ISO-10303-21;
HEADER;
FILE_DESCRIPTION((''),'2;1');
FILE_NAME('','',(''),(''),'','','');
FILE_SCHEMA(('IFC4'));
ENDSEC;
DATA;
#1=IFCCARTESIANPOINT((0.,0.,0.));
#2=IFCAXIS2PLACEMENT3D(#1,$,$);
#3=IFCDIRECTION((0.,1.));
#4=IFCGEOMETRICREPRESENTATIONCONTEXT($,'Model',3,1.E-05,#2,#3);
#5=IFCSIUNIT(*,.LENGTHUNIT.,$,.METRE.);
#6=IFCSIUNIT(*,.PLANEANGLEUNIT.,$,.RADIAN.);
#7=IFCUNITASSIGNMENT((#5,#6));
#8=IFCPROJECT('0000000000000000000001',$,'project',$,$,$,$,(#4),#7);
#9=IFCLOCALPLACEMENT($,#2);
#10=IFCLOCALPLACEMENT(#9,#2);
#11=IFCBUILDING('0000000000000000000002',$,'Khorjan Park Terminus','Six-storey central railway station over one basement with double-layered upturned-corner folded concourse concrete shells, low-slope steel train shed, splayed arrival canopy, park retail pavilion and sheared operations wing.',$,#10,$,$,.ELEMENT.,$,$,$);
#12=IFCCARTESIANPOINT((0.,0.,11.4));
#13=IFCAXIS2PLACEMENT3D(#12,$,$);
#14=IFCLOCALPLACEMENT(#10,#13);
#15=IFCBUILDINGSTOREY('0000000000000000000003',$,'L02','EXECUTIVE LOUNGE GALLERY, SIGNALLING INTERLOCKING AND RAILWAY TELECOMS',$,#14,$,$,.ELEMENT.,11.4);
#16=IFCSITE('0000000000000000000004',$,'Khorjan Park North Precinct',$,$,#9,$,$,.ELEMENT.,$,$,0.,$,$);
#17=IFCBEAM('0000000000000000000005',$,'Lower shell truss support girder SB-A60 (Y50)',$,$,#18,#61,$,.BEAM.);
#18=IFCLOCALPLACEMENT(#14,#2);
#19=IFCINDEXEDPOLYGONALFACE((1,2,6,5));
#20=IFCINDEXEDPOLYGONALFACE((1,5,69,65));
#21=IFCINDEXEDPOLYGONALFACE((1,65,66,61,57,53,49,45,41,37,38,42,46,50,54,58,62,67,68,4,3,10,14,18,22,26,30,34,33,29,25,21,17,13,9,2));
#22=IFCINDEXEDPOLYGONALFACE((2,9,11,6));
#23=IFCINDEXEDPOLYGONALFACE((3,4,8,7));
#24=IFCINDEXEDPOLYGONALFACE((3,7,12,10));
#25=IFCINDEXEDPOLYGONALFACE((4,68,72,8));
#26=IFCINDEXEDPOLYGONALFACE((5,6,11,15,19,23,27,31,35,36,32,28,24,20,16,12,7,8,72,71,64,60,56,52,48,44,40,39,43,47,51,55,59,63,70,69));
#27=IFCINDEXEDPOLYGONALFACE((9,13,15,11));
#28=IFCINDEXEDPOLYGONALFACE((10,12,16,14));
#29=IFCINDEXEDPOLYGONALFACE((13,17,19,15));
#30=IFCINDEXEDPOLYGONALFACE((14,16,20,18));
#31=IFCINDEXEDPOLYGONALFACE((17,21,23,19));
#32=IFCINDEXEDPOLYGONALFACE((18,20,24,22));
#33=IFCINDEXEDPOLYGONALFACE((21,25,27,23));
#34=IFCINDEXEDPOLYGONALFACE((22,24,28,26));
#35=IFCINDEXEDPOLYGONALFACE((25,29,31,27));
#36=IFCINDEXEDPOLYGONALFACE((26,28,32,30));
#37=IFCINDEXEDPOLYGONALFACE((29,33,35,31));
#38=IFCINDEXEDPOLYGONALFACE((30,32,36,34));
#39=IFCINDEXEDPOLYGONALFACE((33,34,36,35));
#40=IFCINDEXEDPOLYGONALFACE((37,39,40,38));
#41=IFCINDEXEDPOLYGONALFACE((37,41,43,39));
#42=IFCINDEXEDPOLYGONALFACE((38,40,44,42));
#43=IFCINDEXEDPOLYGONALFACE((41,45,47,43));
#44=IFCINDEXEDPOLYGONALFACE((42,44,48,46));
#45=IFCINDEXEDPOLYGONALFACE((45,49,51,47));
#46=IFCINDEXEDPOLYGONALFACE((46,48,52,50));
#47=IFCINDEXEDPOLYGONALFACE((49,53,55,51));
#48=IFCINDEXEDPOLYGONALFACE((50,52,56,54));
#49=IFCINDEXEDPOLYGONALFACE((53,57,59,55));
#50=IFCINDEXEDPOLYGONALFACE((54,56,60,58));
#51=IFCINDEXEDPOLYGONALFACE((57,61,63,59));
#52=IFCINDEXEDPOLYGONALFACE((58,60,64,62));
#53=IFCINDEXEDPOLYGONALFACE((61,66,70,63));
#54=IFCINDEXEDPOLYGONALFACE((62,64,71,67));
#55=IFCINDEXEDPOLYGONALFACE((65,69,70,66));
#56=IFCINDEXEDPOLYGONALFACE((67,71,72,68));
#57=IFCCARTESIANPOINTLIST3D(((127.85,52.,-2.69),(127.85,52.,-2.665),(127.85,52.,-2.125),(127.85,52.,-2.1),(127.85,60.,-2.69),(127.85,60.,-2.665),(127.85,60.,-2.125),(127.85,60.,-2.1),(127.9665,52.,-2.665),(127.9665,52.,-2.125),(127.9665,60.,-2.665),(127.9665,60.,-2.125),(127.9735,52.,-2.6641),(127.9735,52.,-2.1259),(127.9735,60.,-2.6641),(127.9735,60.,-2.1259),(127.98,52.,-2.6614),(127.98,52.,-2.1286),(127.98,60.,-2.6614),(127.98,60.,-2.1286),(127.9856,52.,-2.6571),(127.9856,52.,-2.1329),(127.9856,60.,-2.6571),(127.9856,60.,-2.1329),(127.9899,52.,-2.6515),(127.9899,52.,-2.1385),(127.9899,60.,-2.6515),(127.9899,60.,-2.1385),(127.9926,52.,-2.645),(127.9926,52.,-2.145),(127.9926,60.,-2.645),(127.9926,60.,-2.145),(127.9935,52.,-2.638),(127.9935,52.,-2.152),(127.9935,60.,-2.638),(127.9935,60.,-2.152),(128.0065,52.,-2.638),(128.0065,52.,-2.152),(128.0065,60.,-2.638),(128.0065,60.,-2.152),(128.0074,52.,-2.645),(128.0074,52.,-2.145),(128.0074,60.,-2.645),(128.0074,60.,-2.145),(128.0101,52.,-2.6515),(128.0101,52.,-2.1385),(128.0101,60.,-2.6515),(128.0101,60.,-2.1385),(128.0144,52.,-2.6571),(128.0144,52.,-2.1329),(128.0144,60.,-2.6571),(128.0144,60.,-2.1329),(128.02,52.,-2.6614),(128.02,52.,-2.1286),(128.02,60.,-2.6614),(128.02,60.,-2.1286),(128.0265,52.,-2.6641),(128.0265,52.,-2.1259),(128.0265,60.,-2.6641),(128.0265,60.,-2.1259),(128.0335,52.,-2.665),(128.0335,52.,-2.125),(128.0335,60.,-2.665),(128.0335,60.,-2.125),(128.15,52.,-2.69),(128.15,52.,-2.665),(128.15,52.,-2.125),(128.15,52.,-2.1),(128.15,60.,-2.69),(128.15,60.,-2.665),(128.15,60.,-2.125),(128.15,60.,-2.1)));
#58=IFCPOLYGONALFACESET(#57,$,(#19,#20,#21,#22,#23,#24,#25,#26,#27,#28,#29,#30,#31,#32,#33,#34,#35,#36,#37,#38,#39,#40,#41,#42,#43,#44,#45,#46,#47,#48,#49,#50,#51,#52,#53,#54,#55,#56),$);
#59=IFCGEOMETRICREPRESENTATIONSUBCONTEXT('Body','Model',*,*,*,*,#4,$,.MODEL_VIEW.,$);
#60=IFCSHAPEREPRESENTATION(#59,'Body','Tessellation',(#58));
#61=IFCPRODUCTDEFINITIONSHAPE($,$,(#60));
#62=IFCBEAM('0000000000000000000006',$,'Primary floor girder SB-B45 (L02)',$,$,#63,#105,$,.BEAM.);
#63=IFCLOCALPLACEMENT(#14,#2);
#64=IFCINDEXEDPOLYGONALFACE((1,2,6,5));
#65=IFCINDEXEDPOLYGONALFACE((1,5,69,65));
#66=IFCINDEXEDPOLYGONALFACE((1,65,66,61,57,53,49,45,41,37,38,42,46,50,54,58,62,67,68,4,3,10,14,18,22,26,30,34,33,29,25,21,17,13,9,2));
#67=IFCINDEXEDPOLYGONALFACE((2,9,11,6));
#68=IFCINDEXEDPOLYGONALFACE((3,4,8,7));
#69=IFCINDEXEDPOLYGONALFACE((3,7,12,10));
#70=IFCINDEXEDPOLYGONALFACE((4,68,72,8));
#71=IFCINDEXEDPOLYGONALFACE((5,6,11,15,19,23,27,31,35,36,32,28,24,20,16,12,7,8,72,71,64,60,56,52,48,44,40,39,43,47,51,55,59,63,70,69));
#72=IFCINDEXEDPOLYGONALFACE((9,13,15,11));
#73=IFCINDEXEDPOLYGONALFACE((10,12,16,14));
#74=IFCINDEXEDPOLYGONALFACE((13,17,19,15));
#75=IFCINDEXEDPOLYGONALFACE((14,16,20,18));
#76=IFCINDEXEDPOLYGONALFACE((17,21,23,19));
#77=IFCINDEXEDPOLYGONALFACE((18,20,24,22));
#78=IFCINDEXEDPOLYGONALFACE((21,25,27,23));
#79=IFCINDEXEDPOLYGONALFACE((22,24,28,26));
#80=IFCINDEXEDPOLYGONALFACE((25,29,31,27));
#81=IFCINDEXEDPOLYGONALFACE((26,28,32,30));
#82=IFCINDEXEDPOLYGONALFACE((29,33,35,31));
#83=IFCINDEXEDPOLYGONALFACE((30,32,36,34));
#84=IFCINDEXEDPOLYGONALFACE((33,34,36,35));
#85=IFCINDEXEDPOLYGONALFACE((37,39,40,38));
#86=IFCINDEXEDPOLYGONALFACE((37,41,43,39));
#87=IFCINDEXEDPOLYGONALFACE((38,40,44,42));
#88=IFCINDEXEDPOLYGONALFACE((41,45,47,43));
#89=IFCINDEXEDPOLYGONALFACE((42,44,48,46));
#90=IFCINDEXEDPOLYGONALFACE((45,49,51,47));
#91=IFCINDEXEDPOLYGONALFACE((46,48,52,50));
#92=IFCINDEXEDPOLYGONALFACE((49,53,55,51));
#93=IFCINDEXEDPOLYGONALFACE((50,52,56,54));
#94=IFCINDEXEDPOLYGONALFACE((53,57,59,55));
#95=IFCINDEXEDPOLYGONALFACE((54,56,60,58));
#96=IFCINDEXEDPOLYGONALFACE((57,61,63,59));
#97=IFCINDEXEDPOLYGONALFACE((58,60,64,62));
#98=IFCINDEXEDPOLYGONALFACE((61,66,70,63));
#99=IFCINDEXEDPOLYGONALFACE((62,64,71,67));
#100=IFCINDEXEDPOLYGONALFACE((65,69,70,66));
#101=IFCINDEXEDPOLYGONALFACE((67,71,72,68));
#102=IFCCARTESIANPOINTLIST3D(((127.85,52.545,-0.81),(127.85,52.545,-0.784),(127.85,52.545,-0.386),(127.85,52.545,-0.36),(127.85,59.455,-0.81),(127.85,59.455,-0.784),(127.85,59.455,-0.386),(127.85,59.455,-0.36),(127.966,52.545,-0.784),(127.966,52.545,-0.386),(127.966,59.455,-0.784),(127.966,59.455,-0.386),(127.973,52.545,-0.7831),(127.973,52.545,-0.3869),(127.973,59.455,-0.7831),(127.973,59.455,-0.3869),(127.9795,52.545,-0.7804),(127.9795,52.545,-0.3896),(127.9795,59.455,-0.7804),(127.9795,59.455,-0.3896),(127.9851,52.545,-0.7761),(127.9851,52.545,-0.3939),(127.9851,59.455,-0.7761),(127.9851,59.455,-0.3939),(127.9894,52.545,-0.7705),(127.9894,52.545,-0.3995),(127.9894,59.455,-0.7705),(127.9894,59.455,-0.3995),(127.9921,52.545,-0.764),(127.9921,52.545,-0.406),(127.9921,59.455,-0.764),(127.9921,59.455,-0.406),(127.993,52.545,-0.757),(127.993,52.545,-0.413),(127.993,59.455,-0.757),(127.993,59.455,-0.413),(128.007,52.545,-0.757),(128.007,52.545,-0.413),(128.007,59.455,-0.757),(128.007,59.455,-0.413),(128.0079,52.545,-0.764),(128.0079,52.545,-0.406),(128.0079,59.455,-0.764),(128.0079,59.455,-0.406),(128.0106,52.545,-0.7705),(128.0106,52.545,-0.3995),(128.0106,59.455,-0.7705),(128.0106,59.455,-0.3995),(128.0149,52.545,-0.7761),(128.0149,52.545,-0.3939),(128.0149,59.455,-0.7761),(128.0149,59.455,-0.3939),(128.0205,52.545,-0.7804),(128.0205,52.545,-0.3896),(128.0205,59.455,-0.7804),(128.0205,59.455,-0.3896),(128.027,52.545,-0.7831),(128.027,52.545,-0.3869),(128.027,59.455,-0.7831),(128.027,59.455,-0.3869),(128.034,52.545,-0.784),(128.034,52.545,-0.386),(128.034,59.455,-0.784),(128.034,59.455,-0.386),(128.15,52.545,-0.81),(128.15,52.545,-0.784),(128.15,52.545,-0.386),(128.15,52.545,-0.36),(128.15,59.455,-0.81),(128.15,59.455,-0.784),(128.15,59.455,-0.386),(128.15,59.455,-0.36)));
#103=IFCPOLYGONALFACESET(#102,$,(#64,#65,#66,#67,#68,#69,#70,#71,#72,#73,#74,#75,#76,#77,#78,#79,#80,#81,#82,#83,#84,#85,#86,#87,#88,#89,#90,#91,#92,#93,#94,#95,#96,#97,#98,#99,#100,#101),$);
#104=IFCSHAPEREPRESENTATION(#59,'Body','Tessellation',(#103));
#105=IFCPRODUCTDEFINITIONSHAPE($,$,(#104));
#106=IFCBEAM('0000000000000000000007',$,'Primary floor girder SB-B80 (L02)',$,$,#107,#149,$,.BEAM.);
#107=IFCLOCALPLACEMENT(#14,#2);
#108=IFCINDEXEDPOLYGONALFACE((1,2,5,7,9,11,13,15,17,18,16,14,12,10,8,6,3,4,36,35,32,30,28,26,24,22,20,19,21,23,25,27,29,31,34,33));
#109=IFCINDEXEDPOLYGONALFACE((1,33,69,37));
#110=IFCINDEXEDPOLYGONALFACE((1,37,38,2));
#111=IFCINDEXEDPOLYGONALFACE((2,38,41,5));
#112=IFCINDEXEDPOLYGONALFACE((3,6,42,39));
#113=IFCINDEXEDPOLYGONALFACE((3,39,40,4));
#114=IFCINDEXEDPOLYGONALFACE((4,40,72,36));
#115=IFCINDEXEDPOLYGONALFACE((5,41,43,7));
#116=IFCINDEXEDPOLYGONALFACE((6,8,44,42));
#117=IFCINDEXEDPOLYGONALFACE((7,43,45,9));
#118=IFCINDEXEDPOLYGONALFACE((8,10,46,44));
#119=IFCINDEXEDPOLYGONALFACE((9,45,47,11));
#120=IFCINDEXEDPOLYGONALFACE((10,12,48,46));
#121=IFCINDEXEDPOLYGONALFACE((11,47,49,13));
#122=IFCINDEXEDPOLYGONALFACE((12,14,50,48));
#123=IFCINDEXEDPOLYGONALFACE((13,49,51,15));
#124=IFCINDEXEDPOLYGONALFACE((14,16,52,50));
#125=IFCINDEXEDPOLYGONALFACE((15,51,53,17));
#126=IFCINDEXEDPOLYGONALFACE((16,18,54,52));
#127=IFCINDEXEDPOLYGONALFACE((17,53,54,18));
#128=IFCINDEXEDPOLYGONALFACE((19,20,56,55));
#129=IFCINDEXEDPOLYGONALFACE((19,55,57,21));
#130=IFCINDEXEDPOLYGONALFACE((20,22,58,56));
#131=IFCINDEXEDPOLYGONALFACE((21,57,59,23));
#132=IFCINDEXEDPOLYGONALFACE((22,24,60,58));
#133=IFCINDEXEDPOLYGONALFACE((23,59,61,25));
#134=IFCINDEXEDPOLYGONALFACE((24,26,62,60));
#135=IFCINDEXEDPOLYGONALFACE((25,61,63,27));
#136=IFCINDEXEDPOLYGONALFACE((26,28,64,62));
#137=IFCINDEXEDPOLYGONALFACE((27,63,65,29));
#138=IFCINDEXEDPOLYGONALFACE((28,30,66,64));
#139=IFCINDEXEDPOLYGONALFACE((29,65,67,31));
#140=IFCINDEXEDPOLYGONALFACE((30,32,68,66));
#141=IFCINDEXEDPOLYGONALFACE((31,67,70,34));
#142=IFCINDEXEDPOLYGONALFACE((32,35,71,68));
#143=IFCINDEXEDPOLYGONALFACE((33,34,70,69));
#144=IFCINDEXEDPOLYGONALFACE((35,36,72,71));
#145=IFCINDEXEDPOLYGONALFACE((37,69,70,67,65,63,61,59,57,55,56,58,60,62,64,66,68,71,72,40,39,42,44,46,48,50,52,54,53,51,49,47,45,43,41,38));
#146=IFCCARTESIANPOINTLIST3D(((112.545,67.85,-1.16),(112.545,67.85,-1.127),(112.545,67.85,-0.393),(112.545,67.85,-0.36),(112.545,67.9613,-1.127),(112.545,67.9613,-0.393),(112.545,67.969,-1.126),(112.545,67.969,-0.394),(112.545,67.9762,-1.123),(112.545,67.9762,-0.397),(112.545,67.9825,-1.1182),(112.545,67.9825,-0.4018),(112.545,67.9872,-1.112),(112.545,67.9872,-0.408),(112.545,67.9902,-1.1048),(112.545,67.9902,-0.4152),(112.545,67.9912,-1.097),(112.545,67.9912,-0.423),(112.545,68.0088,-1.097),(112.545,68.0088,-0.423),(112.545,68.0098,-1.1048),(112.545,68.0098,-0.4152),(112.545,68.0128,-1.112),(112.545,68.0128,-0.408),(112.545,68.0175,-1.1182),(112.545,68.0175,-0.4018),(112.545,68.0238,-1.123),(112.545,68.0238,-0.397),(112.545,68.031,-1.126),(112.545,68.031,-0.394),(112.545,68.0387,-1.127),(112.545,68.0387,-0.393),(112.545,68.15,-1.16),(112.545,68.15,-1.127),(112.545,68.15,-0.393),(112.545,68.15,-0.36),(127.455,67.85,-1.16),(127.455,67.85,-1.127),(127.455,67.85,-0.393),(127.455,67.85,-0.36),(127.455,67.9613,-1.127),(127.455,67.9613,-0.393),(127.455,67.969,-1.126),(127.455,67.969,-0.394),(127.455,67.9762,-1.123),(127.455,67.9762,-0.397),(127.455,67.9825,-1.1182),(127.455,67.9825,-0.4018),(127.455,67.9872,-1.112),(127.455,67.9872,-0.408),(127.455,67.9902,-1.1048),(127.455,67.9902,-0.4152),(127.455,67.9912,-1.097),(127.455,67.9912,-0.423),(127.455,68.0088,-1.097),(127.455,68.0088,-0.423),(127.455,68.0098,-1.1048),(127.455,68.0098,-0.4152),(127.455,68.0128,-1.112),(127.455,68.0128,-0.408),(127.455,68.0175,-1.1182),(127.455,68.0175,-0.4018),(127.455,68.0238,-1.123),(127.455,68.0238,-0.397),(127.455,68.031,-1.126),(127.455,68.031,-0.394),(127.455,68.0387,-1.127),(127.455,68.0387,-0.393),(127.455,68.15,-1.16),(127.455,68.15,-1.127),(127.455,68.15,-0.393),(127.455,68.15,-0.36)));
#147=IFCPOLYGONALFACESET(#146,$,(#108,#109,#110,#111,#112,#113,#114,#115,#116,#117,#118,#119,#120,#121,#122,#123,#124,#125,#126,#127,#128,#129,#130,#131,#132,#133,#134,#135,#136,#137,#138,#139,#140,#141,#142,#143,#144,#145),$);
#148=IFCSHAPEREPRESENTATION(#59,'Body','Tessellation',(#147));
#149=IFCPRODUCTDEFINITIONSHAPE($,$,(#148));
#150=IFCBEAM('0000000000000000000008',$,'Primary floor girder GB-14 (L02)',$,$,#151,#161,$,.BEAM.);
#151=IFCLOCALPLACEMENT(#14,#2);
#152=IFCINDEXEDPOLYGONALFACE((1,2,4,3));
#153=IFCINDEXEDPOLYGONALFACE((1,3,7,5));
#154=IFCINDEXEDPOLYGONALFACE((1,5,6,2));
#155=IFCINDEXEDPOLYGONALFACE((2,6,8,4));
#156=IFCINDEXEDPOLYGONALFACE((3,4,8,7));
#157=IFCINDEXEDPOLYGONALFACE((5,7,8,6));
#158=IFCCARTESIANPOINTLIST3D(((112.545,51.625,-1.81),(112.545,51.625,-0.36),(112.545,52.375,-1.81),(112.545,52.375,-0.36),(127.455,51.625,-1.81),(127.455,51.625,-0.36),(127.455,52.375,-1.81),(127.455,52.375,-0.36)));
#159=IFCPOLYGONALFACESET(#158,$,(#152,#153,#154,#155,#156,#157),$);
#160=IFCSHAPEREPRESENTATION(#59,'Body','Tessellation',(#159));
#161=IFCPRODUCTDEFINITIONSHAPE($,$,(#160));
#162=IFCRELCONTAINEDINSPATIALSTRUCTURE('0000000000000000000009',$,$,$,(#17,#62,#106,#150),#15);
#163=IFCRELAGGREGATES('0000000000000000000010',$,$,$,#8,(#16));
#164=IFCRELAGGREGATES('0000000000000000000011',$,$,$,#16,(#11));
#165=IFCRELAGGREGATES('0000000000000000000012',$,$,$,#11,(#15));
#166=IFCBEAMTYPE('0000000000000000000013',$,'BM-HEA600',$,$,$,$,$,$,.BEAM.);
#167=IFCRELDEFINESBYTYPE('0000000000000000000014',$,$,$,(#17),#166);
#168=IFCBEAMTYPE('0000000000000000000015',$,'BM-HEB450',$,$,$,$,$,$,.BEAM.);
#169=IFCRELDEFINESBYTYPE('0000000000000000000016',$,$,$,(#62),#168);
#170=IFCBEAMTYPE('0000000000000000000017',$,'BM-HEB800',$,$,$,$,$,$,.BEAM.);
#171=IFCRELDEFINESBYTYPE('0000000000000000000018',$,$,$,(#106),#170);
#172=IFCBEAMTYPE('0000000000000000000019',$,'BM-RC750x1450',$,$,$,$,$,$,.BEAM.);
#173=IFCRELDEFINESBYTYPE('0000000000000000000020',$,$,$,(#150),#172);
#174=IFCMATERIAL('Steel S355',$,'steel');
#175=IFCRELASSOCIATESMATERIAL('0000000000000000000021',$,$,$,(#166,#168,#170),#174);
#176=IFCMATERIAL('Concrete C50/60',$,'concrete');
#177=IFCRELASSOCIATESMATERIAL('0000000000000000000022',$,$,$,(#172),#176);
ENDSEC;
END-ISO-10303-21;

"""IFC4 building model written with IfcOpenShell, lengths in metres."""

from ifc_helpers import new_model, si_unit, direction, frame, origin, origin_2d, place, context, subcontext, project, spatial, rectangle, i_section, extrude, material, material_profile, profile_set, type_object, element, save


model = new_model("IFC4")

# Units and contexts
model_context = context("Model", 3, precision=1e-05, world=origin(), true_north=direction((0.0, 1.0)))
body_context = subcontext(model_context, "Body", "Model", "MODEL_VIEW")
ifc_project = project(units=[si_unit("LENGTHUNIT", "METRE"), si_unit("PLANEANGLEUNIT", "RADIAN")], contexts=[model_context])

# Site, building, storey
site_placement = place(None, origin())
site = spatial("IfcSite", under=ifc_project, at=site_placement, Name="Khorjan Park North Precinct", CompositionType="ELEMENT", RefElevation=0.0)
building_placement = place(site_placement, origin())
building = spatial("IfcBuilding", under=site, at=building_placement, Name="Khorjan Park Terminus", Description="Six-storey central railway station over one basement with double-layered upturned-corner folded concourse concrete shells, low-slope steel train shed, splayed arrival canopy, park retail pavilion and sheared operations wing.", CompositionType="ELEMENT")
storey_placement = place(building_placement, frame((0.0, 0.0, 11.4)))
storey = spatial("IfcBuildingStorey", under=building, at=storey_placement, Name="L02", Description="EXECUTIVE LOUNGE GALLERY, SIGNALLING INTERLOCKING AND RAILWAY TELECOMS", CompositionType="ELEMENT", Elevation=11.4)

# Beams
ifc_material_1 = material(Name="Steel S355", Category="steel")
ifc_material_profile_1 = material_profile(ifc_material_1, i_section(OverallWidth=0.3, OverallDepth=0.59, WebThickness=0.013, FlangeThickness=0.025, FilletRadius=0.027, at=origin_2d()), Name="HEA 600")
ifc_profile_set_1 = profile_set([ifc_material_profile_1], Name="Steel S355")
beam_type_1 = type_object("IfcBeamType", Name="BM-HEA600", PredefinedType="BEAM", material=ifc_profile_set_1)
beam_1_placement = place(storey_placement, frame((128.0, 52.0, -2.395), z_axis=(0.0, 1.0, 0.0), x_axis=(-1.0, 0.0, 0.0)))
element("IfcBeam", 1, at=beam_1_placement, inside=storey, type_object=beam_type_1, Name="Lower shell truss support girder SB-A60 (Y50)", PredefinedType="BEAM", context=body_context, shape_type="SweptSolid", body=[
    extrude(i_section(OverallWidth=0.3, OverallDepth=0.59, WebThickness=0.013, FlangeThickness=0.025, FilletRadius=0.027, at=origin_2d()), origin(), (0.0, 0.0, 1.0), 8.0),
])
ifc_material_profile_2 = material_profile(ifc_material_1, i_section(OverallWidth=0.3, OverallDepth=0.45, WebThickness=0.014, FlangeThickness=0.026, FilletRadius=0.027, at=origin_2d()), Name="HEB 450")
ifc_profile_set_2 = profile_set([ifc_material_profile_2], Name="Steel S355")
beam_type_2 = type_object("IfcBeamType", Name="BM-HEB450", PredefinedType="BEAM", material=ifc_profile_set_2)
beam_2_placement = place(storey_placement, frame((128.0, 52.545, -0.585), z_axis=(0.0, 1.0, 0.0), x_axis=(-1.0, 0.0, 0.0)))
element("IfcBeam", 2, at=beam_2_placement, inside=storey, type_object=beam_type_2, Name="Primary floor girder SB-B45 (L02)", PredefinedType="BEAM", context=body_context, shape_type="SweptSolid", body=[
    extrude(i_section(OverallWidth=0.3, OverallDepth=0.45, WebThickness=0.014, FlangeThickness=0.026, FilletRadius=0.027, at=origin_2d()), origin(), (0.0, 0.0, 1.0), 6.91),
])
ifc_material_profile_3 = material_profile(ifc_material_1, i_section(OverallWidth=0.3, OverallDepth=0.8, WebThickness=0.0175, FlangeThickness=0.033, FilletRadius=0.03, at=origin_2d()), Name="HEB 800")
ifc_profile_set_3 = profile_set([ifc_material_profile_3], Name="Steel S355")
beam_type_3 = type_object("IfcBeamType", Name="BM-HEB800", PredefinedType="BEAM", material=ifc_profile_set_3)
beam_3_placement = place(storey_placement, frame((112.545, 68.0, -0.76), z_axis=(1.0, 0.0, 0.0), x_axis=(0.0, 1.0, 0.0)))
element("IfcBeam", 3, at=beam_3_placement, inside=storey, type_object=beam_type_3, Name="Primary floor girder SB-B80 (L02)", PredefinedType="BEAM", context=body_context, shape_type="SweptSolid", body=[
    extrude(i_section(OverallWidth=0.3, OverallDepth=0.8, WebThickness=0.0175, FlangeThickness=0.033, FilletRadius=0.03, at=origin_2d()), origin(), (0.0, 0.0, 1.0), 14.91),
])
ifc_material_2 = material(Name="Concrete C50/60", Category="concrete")
ifc_material_profile_4 = material_profile(ifc_material_2, rectangle(XDim=0.75, YDim=1.45, at=origin_2d()), Name="RC 750x1450")
ifc_profile_set_4 = profile_set([ifc_material_profile_4], Name="Concrete C50/60")
beam_type_4 = type_object("IfcBeamType", Name="BM-RC750x1450", PredefinedType="BEAM", material=ifc_profile_set_4)
beam_4_placement = place(storey_placement, frame((112.545, 52.0, -1.085), z_axis=(1.0, 0.0, 0.0), x_axis=(0.0, 1.0, 0.0)))
element("IfcBeam", 4, at=beam_4_placement, inside=storey, type_object=beam_type_4, Name="Primary floor girder GB-14 (L02)", PredefinedType="BEAM", context=body_context, shape_type="SweptSolid", body=[
    extrude(rectangle(XDim=0.75, YDim=1.45, at=origin_2d()), origin(), (0.0, 0.0, 1.0), 14.91),
])

save(model, "model.ifc")
